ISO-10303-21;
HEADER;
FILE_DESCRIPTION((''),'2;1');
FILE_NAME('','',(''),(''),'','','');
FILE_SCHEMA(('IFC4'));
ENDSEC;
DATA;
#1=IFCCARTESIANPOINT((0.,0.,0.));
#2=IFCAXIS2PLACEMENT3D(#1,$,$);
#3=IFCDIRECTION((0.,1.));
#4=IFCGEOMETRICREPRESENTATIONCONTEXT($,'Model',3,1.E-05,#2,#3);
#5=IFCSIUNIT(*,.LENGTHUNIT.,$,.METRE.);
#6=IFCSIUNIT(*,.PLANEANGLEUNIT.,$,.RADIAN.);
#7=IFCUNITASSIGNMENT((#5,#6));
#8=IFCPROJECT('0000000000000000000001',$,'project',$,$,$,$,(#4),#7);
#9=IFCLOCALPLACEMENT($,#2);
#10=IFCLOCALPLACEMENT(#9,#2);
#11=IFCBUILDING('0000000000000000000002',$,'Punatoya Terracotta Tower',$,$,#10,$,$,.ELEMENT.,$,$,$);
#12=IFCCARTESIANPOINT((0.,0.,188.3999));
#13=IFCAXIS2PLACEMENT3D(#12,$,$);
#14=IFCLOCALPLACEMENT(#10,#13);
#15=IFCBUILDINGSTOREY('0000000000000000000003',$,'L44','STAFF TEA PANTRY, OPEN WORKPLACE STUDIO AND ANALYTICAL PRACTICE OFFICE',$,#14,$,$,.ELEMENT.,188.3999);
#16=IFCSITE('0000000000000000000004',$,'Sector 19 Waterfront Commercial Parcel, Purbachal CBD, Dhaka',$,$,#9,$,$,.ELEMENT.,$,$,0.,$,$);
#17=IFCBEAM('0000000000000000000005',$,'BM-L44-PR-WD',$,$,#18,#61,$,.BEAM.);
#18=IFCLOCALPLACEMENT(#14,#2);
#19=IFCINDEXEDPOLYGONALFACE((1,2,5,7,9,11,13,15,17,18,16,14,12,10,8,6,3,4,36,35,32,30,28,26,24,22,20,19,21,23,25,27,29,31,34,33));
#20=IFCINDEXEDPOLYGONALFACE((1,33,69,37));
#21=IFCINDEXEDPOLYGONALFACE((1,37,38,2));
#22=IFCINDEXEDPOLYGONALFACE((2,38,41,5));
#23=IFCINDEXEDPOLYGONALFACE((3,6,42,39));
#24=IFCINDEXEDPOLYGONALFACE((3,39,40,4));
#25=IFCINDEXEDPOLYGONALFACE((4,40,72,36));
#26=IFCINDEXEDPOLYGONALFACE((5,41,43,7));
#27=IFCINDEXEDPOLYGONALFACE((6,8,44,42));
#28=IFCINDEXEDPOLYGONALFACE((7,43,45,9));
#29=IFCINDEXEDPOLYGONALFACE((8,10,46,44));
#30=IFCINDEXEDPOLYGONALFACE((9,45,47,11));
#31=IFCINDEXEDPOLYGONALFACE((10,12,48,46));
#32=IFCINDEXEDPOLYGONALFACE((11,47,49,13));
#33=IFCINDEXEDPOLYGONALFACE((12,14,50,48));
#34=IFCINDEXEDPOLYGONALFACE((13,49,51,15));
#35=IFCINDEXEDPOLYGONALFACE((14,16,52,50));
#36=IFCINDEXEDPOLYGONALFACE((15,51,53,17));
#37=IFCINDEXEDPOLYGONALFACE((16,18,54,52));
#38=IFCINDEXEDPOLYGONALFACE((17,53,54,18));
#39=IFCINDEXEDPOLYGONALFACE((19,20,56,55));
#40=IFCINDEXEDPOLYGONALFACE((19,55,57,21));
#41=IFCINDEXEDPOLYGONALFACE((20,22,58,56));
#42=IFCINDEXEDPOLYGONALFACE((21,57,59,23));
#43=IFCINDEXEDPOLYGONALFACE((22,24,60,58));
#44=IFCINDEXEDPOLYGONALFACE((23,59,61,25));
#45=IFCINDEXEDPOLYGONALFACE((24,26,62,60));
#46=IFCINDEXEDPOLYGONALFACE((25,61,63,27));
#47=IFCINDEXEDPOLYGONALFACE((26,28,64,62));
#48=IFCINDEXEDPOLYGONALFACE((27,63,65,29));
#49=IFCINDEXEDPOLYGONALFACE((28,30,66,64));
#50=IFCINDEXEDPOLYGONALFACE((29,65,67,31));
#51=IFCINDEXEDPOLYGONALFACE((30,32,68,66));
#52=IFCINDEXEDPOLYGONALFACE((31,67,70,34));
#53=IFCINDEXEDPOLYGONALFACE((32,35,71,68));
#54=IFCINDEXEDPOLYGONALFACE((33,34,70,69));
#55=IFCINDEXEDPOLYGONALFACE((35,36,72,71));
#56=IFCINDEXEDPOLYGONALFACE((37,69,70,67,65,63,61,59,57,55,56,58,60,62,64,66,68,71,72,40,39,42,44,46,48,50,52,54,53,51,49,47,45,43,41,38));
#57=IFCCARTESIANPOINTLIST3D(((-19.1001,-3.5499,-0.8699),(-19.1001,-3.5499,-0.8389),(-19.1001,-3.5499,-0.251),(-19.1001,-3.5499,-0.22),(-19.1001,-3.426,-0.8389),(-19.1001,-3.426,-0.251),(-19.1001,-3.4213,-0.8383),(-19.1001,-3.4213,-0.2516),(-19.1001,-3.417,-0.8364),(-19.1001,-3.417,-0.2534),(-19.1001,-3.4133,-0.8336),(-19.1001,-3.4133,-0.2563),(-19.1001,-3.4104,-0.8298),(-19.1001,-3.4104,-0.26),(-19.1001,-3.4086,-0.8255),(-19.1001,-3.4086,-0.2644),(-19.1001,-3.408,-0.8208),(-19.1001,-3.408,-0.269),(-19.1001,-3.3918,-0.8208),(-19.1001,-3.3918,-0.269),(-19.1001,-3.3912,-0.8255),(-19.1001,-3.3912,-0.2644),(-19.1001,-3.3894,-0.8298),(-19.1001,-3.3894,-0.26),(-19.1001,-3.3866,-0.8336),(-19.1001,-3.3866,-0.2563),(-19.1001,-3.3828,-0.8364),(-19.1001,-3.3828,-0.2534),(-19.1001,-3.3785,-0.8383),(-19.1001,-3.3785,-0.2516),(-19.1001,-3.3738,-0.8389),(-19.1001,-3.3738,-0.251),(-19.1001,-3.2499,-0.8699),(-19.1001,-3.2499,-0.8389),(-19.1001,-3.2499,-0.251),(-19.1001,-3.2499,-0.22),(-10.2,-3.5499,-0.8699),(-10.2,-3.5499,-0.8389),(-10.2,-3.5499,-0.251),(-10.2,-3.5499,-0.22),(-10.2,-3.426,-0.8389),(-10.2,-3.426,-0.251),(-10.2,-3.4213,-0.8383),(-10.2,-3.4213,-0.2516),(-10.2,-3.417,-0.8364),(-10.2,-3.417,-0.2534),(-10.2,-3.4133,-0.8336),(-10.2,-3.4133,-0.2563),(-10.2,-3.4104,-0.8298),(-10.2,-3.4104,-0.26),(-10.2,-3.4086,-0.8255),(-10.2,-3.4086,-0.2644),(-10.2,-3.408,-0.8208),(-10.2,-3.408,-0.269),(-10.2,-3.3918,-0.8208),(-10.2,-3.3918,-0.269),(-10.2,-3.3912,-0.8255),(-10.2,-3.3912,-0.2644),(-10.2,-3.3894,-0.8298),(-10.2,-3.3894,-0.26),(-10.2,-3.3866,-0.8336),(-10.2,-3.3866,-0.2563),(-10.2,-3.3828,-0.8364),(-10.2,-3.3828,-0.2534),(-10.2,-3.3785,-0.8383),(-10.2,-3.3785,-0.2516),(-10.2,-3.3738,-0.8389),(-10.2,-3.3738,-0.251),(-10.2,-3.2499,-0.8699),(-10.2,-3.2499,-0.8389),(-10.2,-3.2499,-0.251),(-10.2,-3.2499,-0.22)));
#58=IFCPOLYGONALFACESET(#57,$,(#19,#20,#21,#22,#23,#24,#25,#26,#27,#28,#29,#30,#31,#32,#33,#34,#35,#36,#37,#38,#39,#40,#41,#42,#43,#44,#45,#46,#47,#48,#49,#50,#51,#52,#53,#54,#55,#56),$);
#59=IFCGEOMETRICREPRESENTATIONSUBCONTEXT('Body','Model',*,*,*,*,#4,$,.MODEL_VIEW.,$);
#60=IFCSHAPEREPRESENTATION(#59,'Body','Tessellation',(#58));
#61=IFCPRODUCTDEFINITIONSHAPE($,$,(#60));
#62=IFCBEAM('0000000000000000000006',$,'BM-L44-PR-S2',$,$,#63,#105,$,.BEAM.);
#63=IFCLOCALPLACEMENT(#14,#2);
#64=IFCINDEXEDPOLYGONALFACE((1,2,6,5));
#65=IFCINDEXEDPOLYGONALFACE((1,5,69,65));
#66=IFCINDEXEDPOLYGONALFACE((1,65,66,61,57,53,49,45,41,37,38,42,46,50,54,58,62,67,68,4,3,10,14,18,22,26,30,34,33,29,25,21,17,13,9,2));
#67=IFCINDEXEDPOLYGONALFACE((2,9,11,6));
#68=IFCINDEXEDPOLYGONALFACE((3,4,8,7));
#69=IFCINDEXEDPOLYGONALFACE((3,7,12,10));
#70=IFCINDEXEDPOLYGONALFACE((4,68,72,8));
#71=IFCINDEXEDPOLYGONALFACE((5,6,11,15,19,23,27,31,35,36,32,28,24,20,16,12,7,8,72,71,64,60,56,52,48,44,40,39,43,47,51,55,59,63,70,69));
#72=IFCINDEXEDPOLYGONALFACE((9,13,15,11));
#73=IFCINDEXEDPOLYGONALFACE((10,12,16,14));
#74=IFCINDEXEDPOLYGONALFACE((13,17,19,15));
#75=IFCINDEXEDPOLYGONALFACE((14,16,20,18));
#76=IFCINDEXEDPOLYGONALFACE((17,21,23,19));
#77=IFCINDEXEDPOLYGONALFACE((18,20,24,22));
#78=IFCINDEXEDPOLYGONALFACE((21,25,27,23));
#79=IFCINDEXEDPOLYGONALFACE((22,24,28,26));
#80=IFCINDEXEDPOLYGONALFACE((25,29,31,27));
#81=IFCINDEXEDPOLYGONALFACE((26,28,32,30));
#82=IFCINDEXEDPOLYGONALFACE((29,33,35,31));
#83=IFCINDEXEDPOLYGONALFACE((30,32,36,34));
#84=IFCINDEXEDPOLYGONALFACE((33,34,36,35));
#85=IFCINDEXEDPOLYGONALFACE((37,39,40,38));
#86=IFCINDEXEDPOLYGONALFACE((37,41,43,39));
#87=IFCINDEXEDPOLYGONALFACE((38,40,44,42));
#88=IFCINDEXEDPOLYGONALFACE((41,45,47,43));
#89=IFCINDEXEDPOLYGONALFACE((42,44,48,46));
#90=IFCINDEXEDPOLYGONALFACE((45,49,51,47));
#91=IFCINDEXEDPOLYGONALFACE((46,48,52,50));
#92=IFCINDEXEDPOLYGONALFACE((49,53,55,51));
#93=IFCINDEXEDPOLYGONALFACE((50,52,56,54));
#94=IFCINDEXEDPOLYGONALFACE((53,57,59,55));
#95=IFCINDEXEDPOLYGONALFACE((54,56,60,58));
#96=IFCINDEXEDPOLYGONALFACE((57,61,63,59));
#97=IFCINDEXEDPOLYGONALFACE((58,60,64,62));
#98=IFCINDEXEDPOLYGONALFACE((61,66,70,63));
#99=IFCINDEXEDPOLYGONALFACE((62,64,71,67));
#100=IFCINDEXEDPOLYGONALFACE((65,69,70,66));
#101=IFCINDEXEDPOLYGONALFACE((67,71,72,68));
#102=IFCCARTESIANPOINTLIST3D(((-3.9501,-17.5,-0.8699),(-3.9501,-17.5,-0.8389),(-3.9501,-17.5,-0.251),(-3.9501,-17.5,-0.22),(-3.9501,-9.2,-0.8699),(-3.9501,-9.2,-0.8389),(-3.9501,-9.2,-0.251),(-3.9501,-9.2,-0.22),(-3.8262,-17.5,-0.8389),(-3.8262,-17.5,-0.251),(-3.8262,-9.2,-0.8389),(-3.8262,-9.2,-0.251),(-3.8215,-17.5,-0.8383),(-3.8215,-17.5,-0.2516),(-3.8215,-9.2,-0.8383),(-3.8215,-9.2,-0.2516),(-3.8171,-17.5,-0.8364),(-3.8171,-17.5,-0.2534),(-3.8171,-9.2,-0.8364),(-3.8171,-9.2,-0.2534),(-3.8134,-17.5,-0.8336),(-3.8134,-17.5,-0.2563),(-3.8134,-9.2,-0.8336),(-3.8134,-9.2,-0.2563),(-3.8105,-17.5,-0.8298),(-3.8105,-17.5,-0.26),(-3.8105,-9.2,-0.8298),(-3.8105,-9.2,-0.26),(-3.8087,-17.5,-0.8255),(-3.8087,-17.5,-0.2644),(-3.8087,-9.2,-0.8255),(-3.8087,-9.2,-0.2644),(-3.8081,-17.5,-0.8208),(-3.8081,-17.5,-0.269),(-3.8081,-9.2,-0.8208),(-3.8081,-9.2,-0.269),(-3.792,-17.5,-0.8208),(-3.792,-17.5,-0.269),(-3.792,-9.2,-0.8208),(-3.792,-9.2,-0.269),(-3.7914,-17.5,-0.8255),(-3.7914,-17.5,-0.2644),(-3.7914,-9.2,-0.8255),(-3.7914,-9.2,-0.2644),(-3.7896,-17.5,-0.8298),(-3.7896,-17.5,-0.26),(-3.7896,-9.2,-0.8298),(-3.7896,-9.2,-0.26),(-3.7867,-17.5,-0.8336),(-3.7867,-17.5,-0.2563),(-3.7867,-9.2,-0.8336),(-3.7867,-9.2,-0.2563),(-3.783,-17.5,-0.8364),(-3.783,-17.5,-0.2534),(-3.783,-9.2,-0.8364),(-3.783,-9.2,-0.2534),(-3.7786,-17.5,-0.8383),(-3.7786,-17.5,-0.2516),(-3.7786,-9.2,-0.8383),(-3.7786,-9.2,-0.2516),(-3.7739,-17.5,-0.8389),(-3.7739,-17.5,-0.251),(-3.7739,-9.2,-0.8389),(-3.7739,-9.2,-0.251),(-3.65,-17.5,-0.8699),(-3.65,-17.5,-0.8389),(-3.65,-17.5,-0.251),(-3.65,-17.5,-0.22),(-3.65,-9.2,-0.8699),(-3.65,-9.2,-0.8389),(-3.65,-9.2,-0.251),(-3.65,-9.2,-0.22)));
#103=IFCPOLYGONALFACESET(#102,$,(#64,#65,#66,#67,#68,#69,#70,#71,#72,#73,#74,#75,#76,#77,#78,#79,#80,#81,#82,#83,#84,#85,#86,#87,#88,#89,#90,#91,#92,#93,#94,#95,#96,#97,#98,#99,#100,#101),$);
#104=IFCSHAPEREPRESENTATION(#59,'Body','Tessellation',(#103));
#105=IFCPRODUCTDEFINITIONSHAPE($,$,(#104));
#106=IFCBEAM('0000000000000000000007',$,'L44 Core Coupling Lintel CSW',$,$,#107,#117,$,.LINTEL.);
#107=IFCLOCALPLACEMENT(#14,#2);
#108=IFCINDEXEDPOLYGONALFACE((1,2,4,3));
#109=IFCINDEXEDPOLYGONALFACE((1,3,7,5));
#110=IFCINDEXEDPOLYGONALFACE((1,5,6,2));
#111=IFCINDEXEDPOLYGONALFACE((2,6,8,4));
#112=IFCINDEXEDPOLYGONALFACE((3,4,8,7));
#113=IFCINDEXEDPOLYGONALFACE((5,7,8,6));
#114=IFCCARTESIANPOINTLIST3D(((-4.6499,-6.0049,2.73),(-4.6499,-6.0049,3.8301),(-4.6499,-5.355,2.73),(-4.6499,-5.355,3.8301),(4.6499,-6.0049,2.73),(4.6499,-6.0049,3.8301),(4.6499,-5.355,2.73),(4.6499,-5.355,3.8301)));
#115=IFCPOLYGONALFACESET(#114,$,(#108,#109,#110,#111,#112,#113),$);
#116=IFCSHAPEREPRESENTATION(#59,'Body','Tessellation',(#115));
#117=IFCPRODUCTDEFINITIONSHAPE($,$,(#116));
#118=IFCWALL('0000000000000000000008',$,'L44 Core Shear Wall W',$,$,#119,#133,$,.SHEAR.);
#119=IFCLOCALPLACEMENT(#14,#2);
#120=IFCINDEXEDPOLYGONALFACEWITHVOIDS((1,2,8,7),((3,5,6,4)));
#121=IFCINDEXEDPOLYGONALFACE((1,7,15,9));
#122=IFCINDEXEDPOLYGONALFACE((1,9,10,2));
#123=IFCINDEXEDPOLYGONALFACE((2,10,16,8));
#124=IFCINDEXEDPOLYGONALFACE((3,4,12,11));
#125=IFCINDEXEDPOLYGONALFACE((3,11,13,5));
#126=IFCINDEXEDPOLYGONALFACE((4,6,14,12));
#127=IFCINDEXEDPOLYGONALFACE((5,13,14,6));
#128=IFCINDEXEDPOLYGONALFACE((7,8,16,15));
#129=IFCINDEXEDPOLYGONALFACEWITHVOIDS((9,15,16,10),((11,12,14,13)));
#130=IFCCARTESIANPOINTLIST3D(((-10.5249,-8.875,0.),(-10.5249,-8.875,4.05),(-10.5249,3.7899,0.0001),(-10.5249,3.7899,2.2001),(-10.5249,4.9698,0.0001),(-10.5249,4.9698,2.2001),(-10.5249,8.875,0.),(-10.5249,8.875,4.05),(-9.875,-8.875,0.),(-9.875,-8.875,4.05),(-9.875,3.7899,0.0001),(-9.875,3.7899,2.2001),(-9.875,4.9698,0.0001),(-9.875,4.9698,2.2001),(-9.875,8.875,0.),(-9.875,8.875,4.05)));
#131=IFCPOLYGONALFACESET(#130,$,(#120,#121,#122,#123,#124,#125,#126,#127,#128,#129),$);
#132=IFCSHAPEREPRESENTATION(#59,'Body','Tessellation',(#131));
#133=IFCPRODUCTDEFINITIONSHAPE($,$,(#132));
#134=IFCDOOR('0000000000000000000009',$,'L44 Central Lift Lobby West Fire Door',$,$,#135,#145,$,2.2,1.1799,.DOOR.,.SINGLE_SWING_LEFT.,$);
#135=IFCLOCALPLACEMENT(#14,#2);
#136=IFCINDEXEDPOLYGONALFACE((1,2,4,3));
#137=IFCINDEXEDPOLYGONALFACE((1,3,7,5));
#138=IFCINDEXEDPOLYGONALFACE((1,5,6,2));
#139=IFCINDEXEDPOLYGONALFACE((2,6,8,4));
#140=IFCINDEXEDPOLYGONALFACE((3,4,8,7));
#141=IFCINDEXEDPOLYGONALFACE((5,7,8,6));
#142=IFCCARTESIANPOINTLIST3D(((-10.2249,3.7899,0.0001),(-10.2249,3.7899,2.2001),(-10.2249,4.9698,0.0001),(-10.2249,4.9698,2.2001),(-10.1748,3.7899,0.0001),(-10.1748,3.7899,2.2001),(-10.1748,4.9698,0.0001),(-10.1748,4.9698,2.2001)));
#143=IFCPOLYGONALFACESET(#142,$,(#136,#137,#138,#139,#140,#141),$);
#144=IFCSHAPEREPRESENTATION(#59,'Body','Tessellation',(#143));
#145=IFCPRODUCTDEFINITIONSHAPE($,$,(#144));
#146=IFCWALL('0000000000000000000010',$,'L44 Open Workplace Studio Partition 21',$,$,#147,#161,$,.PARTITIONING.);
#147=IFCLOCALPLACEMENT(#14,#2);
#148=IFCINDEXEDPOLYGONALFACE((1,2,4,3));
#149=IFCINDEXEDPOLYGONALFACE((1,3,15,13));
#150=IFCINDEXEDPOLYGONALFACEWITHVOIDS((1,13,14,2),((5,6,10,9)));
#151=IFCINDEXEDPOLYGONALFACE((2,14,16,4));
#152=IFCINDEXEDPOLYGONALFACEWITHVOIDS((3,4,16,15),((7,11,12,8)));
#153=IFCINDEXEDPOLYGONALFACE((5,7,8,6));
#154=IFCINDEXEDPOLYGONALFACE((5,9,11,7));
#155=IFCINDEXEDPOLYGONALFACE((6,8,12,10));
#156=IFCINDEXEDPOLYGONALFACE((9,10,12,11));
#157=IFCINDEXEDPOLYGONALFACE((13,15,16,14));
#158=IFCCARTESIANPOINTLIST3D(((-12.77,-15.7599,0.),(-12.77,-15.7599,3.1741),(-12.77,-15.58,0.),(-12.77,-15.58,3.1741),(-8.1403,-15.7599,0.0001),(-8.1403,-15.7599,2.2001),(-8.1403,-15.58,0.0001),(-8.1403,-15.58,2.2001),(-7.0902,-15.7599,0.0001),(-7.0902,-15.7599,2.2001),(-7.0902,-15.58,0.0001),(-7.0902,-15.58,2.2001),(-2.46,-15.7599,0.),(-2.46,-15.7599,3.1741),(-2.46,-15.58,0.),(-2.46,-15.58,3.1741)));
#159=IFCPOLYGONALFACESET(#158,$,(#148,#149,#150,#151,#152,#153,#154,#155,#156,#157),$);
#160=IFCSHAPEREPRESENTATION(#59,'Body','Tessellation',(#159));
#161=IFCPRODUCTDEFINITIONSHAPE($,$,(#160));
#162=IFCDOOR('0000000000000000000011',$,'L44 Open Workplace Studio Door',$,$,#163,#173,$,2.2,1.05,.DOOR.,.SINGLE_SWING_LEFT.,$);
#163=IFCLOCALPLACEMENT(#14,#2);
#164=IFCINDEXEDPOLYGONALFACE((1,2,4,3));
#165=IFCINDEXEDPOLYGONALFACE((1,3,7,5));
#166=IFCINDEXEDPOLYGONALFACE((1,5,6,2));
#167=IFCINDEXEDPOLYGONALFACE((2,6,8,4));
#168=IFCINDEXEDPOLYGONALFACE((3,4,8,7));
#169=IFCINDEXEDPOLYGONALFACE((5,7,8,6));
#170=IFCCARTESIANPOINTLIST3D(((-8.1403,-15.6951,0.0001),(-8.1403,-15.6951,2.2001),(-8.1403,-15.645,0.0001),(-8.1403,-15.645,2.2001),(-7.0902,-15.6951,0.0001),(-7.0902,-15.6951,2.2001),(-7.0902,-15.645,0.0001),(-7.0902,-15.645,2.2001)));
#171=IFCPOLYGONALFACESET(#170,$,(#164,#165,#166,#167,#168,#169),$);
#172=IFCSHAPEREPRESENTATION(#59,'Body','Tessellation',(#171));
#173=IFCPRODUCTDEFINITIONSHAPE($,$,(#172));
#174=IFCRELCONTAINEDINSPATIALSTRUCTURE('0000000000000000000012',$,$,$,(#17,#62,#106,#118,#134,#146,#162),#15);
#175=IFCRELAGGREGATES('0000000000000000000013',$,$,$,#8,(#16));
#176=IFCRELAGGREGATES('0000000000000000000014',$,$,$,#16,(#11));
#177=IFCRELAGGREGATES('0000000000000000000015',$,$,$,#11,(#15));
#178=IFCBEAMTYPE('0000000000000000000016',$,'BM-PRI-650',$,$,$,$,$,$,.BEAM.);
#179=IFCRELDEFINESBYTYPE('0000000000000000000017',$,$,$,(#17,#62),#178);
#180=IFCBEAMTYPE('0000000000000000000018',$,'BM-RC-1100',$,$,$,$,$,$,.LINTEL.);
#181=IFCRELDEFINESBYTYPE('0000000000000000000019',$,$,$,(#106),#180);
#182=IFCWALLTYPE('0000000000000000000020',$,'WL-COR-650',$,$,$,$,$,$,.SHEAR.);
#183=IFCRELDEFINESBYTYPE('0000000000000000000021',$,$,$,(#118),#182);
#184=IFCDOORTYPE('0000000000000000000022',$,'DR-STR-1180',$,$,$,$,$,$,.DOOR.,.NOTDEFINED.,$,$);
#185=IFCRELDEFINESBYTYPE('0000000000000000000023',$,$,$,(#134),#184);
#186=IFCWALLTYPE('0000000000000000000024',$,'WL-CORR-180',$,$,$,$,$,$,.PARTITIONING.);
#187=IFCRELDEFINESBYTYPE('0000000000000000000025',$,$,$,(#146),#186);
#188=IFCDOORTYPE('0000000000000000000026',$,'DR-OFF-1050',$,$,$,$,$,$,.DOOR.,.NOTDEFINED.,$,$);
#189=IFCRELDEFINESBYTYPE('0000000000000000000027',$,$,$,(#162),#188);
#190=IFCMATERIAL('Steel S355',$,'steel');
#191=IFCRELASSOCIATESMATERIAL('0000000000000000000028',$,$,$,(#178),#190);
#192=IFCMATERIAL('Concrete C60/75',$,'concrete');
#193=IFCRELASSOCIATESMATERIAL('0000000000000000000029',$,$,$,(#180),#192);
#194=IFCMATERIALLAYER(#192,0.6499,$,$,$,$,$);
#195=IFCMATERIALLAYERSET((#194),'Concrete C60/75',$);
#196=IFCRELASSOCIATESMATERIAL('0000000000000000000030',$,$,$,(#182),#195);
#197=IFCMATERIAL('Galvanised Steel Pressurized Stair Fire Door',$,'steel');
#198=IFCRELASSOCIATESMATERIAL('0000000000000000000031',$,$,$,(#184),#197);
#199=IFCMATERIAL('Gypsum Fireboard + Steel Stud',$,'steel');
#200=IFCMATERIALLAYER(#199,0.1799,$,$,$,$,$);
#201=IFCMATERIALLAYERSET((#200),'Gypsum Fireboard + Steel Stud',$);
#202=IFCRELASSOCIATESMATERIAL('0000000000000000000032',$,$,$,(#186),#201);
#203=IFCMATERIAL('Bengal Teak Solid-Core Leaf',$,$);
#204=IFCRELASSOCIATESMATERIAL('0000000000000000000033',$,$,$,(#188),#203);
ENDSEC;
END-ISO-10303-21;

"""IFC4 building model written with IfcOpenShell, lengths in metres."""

from ifc_helpers import new_model, si_unit, direction, frame, frame_2d, origin, origin_2d, place, context, subcontext, project, spatial, rectangle, i_section, extrude, material, layer, layer_set, material_profile, profile_set, type_object, element, fill, save


model = new_model("IFC4")

# Units and contexts
model_context = context("Model", 3, precision=1e-05, world=origin(), true_north=direction((0.0, 1.0)))
body_context = subcontext(model_context, "Body", "Model", "MODEL_VIEW")
ifc_project = project(units=[si_unit("LENGTHUNIT", "METRE"), si_unit("PLANEANGLEUNIT", "RADIAN")], contexts=[model_context])

# Site, building, storey
site_placement = place(None, origin())
site = spatial("IfcSite", under=ifc_project, at=site_placement, Name="Sector 19 Waterfront Commercial Parcel, Purbachal CBD, Dhaka", CompositionType="ELEMENT", RefElevation=0.0)
building_placement = place(site_placement, origin())
building = spatial("IfcBuilding", under=site, at=building_placement, Name="Punatoya Terracotta Tower", CompositionType="ELEMENT")
storey_placement = place(building_placement, frame((0.0, 0.0, 188.3999)))
storey = spatial("IfcBuildingStorey", under=building, at=storey_placement, Name="L44", Description="STAFF TEA PANTRY, OPEN WORKPLACE STUDIO AND ANALYTICAL PRACTICE OFFICE", CompositionType="ELEMENT", Elevation=188.3999)

# Beams
ifc_material_1 = material(Name="Steel S355", Category="steel")
ifc_material_profile_1 = material_profile(ifc_material_1, i_section(OverallWidth=0.3, OverallDepth=0.6499, WebThickness=0.0161, FlangeThickness=0.031, FilletRadius=0.0181, at=origin_2d()))
ifc_profile_set_1 = profile_set([ifc_material_profile_1], Name="Steel S355")
beam_type_1 = type_object("IfcBeamType", Name="BM-PRI-650", PredefinedType="BEAM", material=ifc_profile_set_1)
for number, where, z_axis, x_axis, name in (
    (1, (-19.1001, -3.3999, -0.5449), (1.0, 0.0, 0.0), (0.0, 1.0, 0.0), "BM-L44-PR-WD"),
):
    element("IfcBeam", number, at=place(storey_placement, frame(where, z_axis=z_axis, x_axis=x_axis)), inside=storey, type_object=beam_type_1, Name=name, PredefinedType="BEAM", context=body_context, shape_type="SweptSolid", body=[
        extrude(i_section(OverallWidth=0.3, OverallDepth=0.6499, WebThickness=0.0161, FlangeThickness=0.031, FilletRadius=0.0181, at=origin_2d()), origin(), (0.0, 0.0, 1.0), 8.9001),
    ])
beam_1_placement = place(storey_placement, frame((-3.8, -17.5, -0.5449), z_axis=(0.0, 1.0, 0.0), x_axis=(-1.0, 0.0, 0.0)))
element("IfcBeam", 2, at=beam_1_placement, inside=storey, type_object=beam_type_1, Name="BM-L44-PR-S2", PredefinedType="BEAM", context=body_context, shape_type="SweptSolid", body=[
    extrude(i_section(OverallWidth=0.3, OverallDepth=0.6499, WebThickness=0.0161, FlangeThickness=0.031, FilletRadius=0.0181, at=origin_2d()), origin(), (0.0, 0.0, 1.0), 8.3),
])
ifc_material_2 = material(Name="Concrete C60/75", Category="concrete")
ifc_material_profile_2 = material_profile(ifc_material_2, rectangle(XDim=0.6499, YDim=1.1001, at=origin_2d()))
ifc_profile_set_2 = profile_set([ifc_material_profile_2], Name="Concrete C60/75")
beam_type_2 = type_object("IfcBeamType", Name="BM-RC-1100", PredefinedType="LINTEL", material=ifc_profile_set_2)
beam_2_placement = place(storey_placement, frame((-4.6499, -5.6799, 3.28), z_axis=(1.0, 0.0, 0.0), x_axis=(0.0, 1.0, 0.0)))
element("IfcBeam", 3, at=beam_2_placement, inside=storey, type_object=beam_type_2, Name="L44 Core Coupling Lintel CSW", PredefinedType="LINTEL", context=body_context, shape_type="SweptSolid", body=[
    extrude(rectangle(XDim=0.6499, YDim=1.1001, at=origin_2d()), origin(), (0.0, 0.0, 1.0), 9.2998),
])

# Walls, openings, doors
ifc_layer_1 = layer(ifc_material_2, 0.6499)
ifc_layer_set_1 = layer_set([ifc_layer_1], Name="Concrete C60/75")
wall_type_1 = type_object("IfcWallType", Name="WL-COR-650", PredefinedType="SHEAR", material=ifc_layer_set_1)
wall_1_placement = place(storey_placement, frame((-10.2, -8.875, 0.0), z_axis=(0.0, 0.0, 1.0), x_axis=(0.0, 1.0, 0.0)))
wall_1 = element("IfcWall", 4, at=wall_1_placement, inside=storey, type_object=wall_type_1, Name="L44 Core Shear Wall W", PredefinedType="SHEAR", context=body_context, shape_type="SweptSolid", body=[
    extrude(rectangle(XDim=17.75, YDim=0.6499, at=frame_2d((8.875, 0.0))), origin(), (0.0, 0.0, 1.0), 4.05),
])
opening_1_placement = place(wall_1_placement, frame((12.665, 0.0, 0.0)))
opening_1 = element("IfcOpeningElement", 5, at=opening_1_placement, cuts=wall_1, PredefinedType="OPENING", context=body_context, shape_type="SweptSolid", body=[
    extrude(rectangle(XDim=1.1799, YDim=2.2, at=frame_2d((0.5898, 1.1001))), frame((0.0, 0.335, 0.0), z_axis=(0.0, -1.0, 0.0), x_axis=(1.0, 0.0, 0.0)), (0.0, 0.0, 1.0), 0.6699),
])
ifc_material_3 = material(Name="Galvanised Steel Pressurized Stair Fire Door", Category="steel")
door_type_1 = type_object("IfcDoorType", Name="DR-STR-1180", OperationType="NOTDEFINED", PredefinedType="DOOR", material=ifc_material_3)
door_1_placement = place(opening_1_placement, origin())
door_1 = element("IfcDoor", 6, at=door_1_placement, inside=storey, type_object=door_type_1, Name="L44 Central Lift Lobby West Fire Door", OperationType="SINGLE_SWING_LEFT", OverallHeight=2.2, OverallWidth=1.1799, PredefinedType="DOOR", context=body_context, shape_type="SweptSolid", body=[
    extrude(rectangle(XDim=1.1799, YDim=2.2, at=frame_2d((0.5898, 1.1001))), frame((0.0, 0.0249, 0.0), z_axis=(0.0, -1.0, 0.0), x_axis=(1.0, 0.0, 0.0)), (0.0, 0.0, 1.0), 0.05),
])
fill(opening_1, door_1)
ifc_material_4 = material(Name="Gypsum Fireboard + Steel Stud", Category="steel")
ifc_layer_2 = layer(ifc_material_4, 0.1799)
ifc_layer_set_2 = layer_set([ifc_layer_2], Name="Gypsum Fireboard + Steel Stud")
wall_type_2 = type_object("IfcWallType", Name="WL-CORR-180", PredefinedType="PARTITIONING", material=ifc_layer_set_2)
wall_2_placement = place(storey_placement, frame((-12.77, -15.6699, 0.0), z_axis=(0.0, 0.0, 1.0), x_axis=(1.0, 0.0, 0.0)))
wall_2 = element("IfcWall", 7, at=wall_2_placement, inside=storey, type_object=wall_type_2, Name="L44 Open Workplace Studio Partition 21", PredefinedType="PARTITIONING", context=body_context, shape_type="SweptSolid", body=[
    extrude(rectangle(XDim=10.3101, YDim=0.1799, at=frame_2d((5.155, 0.0))), origin(), (0.0, 0.0, 1.0), 3.1741),
])
opening_2_placement = place(wall_2_placement, frame((4.6299, 0.0, 0.0)))
opening_2 = element("IfcOpeningElement", 8, at=opening_2_placement, cuts=wall_2, PredefinedType="OPENING", context=body_context, shape_type="SweptSolid", body=[
    extrude(rectangle(XDim=1.05, YDim=2.2, at=frame_2d((0.5249, 1.1001))), frame((0.0, 0.0999, 0.0), z_axis=(0.0, -1.0, 0.0), x_axis=(1.0, 0.0, 0.0)), (0.0, 0.0, 1.0), 0.2),
])
ifc_material_5 = material(Name="Bengal Teak Solid-Core Leaf")
door_type_2 = type_object("IfcDoorType", Name="DR-OFF-1050", OperationType="NOTDEFINED", PredefinedType="DOOR", material=ifc_material_5)
door_2_placement = place(opening_2_placement, origin())
door_2 = element("IfcDoor", 9, at=door_2_placement, inside=storey, type_object=door_type_2, Name="L44 Open Workplace Studio Door", OperationType="SINGLE_SWING_LEFT", OverallHeight=2.2, OverallWidth=1.05, PredefinedType="DOOR", context=body_context, shape_type="SweptSolid", body=[
    extrude(rectangle(XDim=1.05, YDim=2.2, at=frame_2d((0.5249, 1.1001))), frame((0.0, 0.0249, 0.0), z_axis=(0.0, -1.0, 0.0), x_axis=(1.0, 0.0, 0.0)), (0.0, 0.0, 1.0), 0.05),
])
fill(opening_2, door_2)

save(model, "model.ifc")
